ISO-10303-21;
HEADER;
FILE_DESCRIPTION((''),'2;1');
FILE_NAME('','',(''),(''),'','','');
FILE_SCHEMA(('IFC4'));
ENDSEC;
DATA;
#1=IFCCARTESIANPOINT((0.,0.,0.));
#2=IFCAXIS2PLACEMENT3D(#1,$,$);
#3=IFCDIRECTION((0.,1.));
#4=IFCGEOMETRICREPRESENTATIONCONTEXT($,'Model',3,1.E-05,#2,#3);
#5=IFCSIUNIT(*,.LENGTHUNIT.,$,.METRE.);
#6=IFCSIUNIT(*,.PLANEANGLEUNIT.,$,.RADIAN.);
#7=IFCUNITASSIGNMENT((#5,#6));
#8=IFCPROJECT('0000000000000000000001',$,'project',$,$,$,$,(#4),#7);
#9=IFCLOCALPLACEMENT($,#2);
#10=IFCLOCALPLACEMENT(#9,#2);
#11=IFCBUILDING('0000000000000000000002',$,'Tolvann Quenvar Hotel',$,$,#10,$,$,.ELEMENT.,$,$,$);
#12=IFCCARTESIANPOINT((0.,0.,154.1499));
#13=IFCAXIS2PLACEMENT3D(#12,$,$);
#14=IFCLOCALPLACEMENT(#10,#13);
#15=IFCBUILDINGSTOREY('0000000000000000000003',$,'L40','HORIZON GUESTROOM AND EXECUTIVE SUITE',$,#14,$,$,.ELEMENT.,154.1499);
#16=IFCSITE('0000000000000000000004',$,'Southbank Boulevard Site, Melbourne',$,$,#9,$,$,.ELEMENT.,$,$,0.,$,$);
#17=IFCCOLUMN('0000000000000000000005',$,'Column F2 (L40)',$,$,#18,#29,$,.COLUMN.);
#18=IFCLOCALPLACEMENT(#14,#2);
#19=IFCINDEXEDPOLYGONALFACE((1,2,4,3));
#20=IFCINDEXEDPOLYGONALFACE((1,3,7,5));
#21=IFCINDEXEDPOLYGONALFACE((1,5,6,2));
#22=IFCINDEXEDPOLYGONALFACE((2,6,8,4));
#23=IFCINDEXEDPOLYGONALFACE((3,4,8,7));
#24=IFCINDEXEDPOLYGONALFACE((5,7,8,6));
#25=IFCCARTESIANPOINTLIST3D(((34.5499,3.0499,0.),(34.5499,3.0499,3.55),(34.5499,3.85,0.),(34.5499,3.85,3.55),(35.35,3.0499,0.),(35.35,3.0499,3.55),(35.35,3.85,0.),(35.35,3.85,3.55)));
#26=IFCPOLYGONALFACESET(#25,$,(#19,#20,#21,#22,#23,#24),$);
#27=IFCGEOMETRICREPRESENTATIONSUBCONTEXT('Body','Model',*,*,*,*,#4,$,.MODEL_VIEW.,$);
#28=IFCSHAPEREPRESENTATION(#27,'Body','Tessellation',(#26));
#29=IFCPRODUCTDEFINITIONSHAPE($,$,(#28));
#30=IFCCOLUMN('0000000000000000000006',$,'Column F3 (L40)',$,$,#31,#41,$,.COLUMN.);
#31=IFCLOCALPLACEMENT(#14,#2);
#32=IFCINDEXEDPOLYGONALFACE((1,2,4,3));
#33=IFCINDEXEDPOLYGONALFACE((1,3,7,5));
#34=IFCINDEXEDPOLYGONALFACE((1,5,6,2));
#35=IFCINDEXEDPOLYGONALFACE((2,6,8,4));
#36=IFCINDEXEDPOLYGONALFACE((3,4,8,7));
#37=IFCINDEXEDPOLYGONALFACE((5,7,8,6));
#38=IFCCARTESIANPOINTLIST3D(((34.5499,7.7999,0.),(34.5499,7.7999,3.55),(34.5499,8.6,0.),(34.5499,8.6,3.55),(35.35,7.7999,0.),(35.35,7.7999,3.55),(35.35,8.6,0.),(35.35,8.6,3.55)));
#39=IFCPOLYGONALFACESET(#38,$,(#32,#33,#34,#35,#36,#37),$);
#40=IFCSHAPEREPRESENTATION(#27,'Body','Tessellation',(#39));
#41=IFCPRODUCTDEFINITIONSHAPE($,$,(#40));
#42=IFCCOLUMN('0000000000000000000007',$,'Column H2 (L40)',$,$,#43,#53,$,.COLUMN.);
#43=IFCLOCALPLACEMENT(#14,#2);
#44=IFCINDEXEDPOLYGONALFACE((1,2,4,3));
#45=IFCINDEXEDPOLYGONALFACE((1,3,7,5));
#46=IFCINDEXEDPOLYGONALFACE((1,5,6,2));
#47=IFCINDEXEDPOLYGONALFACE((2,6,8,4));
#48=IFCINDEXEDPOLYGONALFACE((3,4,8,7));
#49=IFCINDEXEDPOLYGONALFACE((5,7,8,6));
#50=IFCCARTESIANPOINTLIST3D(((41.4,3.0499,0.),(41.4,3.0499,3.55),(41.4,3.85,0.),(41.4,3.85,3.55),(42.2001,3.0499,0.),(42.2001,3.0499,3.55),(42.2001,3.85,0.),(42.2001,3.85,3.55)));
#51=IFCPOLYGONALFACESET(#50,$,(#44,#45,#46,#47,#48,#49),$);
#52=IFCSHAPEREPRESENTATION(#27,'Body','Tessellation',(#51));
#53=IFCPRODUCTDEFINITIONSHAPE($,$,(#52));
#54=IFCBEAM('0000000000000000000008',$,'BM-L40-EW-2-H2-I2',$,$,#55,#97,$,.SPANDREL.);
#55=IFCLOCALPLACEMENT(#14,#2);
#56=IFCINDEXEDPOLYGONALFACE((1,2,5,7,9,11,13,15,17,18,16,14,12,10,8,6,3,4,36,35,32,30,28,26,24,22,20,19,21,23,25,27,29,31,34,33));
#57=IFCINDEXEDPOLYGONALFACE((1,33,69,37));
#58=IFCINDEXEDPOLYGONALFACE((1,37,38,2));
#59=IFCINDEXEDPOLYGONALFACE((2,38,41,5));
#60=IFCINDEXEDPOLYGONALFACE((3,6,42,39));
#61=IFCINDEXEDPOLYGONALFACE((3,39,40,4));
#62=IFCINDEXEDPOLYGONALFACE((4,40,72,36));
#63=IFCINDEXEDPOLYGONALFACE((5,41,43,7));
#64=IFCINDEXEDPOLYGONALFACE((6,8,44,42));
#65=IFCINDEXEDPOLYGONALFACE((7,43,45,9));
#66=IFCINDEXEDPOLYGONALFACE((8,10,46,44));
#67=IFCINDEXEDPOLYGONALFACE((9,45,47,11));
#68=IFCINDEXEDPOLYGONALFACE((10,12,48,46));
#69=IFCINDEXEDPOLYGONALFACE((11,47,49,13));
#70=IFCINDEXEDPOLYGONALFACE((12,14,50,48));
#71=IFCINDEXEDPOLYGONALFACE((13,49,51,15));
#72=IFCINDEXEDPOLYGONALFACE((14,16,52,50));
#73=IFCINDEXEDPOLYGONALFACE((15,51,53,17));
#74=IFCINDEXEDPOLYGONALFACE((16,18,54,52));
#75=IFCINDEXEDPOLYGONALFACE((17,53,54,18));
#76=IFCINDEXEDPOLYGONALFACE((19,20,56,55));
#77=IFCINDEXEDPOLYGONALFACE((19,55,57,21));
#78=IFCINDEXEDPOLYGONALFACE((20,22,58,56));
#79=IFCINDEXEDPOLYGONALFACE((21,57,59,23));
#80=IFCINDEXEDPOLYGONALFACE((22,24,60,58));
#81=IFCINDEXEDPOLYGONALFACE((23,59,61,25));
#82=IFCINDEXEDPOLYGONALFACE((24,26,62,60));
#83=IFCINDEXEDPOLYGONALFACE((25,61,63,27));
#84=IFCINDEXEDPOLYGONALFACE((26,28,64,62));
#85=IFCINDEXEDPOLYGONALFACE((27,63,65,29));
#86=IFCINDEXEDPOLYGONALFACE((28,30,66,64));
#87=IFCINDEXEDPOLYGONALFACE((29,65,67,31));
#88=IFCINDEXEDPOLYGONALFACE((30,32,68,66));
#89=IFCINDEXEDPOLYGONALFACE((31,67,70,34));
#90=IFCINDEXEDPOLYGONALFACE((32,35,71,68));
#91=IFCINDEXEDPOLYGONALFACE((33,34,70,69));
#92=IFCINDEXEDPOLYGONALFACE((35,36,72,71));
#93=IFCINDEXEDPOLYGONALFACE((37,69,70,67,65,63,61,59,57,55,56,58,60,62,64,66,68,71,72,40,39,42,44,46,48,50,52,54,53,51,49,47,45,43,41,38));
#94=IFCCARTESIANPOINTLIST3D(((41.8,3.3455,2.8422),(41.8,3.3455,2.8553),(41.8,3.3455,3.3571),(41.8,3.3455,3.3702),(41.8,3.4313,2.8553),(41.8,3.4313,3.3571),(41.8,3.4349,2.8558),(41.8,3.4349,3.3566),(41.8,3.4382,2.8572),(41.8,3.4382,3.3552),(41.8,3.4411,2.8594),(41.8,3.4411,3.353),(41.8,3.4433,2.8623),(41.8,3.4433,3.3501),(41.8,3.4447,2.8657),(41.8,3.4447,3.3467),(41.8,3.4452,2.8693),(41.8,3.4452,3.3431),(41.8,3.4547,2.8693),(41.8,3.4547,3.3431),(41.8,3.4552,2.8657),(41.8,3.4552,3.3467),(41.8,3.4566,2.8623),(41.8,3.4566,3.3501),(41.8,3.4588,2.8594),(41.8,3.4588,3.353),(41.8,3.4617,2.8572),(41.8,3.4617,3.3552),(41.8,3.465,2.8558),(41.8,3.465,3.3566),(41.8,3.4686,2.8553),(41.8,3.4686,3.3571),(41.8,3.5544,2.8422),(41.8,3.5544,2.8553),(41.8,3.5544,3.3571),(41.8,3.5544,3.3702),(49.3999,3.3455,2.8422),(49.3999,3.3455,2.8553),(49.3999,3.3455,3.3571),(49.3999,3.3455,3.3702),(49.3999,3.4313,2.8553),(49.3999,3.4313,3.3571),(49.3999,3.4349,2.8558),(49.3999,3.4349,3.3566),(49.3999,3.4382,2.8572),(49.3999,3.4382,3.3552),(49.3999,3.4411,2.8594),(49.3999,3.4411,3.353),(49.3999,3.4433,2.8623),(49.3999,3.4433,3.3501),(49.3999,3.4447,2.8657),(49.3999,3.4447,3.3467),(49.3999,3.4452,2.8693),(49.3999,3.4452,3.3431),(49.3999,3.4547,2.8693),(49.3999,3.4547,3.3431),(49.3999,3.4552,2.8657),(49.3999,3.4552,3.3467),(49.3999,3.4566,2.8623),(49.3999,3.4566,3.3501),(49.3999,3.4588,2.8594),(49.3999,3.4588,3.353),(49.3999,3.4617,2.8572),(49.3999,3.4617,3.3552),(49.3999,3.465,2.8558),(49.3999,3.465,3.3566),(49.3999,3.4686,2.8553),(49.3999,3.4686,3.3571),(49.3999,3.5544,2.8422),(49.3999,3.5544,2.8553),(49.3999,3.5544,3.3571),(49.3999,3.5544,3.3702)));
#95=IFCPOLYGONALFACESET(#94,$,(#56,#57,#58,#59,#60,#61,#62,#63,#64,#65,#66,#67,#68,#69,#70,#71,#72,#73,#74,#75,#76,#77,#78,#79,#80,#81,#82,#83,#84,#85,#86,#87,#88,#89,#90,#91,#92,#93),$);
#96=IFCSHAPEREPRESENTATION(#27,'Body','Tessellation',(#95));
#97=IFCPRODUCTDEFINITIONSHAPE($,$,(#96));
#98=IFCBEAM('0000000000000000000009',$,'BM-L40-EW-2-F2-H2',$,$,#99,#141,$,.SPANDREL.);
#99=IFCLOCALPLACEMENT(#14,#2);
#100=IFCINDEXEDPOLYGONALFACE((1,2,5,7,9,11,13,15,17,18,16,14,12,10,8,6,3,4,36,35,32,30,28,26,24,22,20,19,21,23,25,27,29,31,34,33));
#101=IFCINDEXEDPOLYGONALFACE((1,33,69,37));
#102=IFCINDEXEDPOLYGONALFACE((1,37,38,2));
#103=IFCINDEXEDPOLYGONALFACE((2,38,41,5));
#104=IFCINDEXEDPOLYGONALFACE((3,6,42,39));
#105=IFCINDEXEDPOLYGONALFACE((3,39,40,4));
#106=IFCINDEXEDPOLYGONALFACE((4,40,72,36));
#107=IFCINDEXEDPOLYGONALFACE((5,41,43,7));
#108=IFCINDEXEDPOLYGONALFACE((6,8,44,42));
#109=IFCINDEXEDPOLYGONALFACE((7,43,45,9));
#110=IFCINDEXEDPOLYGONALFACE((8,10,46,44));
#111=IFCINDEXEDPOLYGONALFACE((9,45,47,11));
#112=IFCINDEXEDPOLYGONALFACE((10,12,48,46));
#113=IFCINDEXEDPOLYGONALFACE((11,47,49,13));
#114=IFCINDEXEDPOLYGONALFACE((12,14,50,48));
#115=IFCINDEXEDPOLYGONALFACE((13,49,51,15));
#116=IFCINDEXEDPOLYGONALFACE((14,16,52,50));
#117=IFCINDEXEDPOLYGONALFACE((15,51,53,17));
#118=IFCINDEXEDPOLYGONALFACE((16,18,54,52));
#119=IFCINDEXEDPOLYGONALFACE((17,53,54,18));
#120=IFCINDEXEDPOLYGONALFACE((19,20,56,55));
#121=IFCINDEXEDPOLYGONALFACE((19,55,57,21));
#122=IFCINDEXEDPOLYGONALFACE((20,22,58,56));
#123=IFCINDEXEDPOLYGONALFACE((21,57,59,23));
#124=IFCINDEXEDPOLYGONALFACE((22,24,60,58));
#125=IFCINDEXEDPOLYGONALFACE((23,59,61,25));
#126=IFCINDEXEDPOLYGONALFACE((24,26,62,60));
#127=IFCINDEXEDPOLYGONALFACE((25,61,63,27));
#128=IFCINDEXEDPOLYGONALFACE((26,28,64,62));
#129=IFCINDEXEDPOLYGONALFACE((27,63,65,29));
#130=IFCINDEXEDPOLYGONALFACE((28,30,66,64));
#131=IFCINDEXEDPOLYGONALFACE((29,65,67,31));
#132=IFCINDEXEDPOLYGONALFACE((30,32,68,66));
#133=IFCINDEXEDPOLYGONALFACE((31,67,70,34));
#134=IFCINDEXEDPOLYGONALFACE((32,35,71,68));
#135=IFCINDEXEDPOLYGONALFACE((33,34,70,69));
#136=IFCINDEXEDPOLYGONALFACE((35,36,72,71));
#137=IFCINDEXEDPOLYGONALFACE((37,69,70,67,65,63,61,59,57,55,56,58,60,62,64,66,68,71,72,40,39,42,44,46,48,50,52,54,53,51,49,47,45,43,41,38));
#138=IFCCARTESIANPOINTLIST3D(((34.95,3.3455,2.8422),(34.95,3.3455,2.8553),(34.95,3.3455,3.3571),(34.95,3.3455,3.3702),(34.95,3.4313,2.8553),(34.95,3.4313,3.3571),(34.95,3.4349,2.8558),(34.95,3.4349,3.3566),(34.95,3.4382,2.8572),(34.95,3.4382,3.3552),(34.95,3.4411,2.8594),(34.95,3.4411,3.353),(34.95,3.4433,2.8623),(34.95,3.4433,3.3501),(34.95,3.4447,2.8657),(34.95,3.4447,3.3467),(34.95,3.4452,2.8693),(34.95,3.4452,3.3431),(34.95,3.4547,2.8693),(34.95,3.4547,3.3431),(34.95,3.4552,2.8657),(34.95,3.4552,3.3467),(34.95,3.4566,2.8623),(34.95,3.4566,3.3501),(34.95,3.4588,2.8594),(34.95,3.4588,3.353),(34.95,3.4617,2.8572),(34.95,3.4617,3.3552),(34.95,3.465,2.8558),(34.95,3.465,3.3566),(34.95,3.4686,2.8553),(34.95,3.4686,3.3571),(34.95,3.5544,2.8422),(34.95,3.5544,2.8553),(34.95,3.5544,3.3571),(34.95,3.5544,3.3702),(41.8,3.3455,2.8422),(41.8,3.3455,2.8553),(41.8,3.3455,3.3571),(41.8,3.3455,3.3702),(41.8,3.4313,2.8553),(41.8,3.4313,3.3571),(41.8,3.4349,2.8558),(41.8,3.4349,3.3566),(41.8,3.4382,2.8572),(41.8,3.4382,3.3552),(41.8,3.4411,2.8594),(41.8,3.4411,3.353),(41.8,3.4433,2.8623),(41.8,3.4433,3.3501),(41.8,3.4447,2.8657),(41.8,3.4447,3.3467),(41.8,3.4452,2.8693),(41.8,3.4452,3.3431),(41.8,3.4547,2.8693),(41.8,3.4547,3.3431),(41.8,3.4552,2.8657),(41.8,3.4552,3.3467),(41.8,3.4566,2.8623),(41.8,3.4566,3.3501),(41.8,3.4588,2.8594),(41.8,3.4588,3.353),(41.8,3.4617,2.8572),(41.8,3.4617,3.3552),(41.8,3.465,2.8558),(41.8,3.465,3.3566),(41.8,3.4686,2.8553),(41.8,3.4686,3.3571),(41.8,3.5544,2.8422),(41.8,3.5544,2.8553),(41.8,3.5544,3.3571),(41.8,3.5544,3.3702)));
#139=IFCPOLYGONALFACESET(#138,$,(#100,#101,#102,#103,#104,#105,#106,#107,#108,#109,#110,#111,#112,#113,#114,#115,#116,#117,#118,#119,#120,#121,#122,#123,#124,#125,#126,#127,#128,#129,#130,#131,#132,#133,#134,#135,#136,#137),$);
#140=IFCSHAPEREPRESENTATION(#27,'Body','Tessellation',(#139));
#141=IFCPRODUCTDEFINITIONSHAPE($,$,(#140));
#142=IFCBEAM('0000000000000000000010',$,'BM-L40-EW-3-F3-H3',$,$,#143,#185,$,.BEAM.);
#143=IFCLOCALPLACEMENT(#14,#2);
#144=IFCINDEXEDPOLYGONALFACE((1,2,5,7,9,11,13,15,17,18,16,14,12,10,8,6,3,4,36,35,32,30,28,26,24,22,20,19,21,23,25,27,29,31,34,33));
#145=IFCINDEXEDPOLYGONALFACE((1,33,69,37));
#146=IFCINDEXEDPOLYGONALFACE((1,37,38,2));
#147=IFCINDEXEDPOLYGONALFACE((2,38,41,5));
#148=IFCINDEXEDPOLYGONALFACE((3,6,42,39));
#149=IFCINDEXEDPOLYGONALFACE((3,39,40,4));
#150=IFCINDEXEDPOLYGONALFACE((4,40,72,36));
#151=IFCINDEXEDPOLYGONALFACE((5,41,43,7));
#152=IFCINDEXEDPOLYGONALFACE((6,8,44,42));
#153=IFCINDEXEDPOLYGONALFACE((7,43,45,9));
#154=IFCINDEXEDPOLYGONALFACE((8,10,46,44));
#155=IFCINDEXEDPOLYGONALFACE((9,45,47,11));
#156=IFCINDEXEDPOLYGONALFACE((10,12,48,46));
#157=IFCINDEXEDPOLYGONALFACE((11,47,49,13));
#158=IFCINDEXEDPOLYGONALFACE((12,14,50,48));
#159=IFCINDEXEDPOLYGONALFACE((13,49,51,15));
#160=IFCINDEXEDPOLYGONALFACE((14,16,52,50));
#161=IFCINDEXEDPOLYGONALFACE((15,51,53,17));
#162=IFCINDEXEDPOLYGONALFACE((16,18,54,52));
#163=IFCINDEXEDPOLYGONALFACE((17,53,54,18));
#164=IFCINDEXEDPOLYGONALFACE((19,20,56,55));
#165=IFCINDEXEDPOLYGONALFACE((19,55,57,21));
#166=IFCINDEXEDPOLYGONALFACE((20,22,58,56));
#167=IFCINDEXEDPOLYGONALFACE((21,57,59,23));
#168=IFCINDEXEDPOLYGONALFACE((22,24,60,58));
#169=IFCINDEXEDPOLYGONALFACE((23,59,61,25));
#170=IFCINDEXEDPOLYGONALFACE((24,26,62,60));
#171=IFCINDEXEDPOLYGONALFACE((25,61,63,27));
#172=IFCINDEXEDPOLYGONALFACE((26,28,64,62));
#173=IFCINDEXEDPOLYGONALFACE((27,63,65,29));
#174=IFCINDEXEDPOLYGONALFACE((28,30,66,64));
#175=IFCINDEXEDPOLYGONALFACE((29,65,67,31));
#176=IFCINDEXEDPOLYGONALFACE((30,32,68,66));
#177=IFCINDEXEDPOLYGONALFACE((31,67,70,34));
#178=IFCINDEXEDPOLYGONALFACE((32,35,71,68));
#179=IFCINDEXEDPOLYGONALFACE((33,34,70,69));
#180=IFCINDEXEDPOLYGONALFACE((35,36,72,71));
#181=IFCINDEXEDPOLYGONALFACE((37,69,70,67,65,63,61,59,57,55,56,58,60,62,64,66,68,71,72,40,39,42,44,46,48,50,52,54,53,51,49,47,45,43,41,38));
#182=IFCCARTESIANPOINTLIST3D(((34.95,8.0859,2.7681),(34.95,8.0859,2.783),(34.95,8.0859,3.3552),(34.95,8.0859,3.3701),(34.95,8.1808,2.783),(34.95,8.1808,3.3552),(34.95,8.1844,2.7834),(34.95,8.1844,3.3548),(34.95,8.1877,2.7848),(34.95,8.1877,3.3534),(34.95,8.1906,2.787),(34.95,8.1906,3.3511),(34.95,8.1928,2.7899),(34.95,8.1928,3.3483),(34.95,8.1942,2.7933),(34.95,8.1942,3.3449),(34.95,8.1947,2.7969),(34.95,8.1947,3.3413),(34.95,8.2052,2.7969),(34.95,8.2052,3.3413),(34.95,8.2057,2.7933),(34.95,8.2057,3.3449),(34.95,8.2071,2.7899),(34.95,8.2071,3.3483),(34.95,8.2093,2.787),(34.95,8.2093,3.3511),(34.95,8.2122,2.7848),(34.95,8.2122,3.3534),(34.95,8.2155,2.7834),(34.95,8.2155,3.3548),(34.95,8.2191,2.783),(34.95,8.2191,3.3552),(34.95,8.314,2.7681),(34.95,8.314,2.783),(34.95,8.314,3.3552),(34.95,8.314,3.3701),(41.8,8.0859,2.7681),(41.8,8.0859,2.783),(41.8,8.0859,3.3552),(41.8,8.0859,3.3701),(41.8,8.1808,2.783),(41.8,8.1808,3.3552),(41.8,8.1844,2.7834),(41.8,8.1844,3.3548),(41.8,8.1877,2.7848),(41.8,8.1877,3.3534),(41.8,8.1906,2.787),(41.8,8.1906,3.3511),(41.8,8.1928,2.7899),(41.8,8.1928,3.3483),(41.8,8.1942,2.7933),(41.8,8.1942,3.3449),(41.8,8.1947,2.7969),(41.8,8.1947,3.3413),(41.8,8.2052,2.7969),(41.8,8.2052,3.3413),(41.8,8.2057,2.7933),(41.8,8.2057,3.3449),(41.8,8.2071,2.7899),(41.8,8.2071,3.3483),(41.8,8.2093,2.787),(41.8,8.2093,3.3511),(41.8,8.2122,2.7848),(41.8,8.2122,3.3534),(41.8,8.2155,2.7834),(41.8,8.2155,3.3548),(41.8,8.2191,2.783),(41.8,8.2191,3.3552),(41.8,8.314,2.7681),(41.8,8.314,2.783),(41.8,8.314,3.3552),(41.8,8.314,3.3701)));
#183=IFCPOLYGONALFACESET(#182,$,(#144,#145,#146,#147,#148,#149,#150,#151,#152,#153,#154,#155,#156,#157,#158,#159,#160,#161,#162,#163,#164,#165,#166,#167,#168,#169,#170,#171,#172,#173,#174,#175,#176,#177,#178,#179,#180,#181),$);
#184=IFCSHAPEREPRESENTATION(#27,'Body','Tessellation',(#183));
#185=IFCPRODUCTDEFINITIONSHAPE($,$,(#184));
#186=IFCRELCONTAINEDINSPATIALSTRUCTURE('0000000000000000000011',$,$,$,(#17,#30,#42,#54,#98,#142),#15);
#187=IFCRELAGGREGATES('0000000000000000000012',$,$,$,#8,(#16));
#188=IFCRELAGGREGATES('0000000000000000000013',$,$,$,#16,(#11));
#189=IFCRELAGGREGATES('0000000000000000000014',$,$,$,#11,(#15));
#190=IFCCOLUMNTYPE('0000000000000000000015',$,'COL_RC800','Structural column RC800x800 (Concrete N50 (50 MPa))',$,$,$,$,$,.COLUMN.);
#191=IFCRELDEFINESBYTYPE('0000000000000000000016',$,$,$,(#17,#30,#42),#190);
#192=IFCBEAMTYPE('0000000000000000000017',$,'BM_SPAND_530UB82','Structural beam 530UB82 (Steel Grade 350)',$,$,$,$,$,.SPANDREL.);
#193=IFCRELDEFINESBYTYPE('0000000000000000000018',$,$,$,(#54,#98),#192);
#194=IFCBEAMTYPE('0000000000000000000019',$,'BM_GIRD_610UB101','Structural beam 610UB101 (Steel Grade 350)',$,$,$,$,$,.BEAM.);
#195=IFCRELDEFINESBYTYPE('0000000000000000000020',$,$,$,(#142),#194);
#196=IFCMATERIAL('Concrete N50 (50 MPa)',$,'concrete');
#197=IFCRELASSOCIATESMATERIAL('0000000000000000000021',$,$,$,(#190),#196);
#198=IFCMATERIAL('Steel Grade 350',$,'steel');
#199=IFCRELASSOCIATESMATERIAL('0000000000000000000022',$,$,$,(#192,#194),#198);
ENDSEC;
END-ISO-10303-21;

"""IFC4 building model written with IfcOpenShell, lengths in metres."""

from ifc_helpers import new_model, si_unit, direction, frame, origin, origin_2d, place, context, subcontext, project, spatial, rectangle, i_section, extrude, source, transform, mapped, material, material_profile, profile_set, type_object, type_shapes, element, save


model = new_model("IFC4")

# Units and contexts
model_context = context("Model", 3, precision=1e-05, world=origin(), true_north=direction((0.0, 1.0)))
body_context = subcontext(model_context, "Body", "Model", "MODEL_VIEW")
ifc_project = project(units=[si_unit("LENGTHUNIT", "METRE"), si_unit("PLANEANGLEUNIT", "RADIAN")], contexts=[model_context])

# Site, building, storey
site_placement = place(None, origin())
site = spatial("IfcSite", under=ifc_project, at=site_placement, Name="Southbank Boulevard Site, Melbourne", CompositionType="ELEMENT", RefElevation=0.0)
building_placement = place(site_placement, origin())
building = spatial("IfcBuilding", under=site, at=building_placement, Name="Tolvann Quenvar Hotel", CompositionType="ELEMENT")
storey_placement = place(building_placement, frame((0.0, 0.0, 154.1499)))
storey = spatial("IfcBuildingStorey", under=building, at=storey_placement, Name="L40", Description="HORIZON GUESTROOM AND EXECUTIVE SUITE", CompositionType="ELEMENT", Elevation=154.1499)

# Columns
ifc_material_1 = material(Name="Concrete N50 (50 MPa)", Category="concrete")
ifc_material_profile_1 = material_profile(ifc_material_1, rectangle(XDim=0.8, YDim=0.8, at=origin_2d()), Name="RC800x800")
ifc_profile_set_1 = profile_set([ifc_material_profile_1], Name="Concrete N50 (50 MPa)")
column_type = type_object("IfcColumnType", Name="COL_RC800", Description="Structural column RC800x800 (Concrete N50 (50 MPa))", PredefinedType="COLUMN", material=ifc_profile_set_1)
shared_shape_1 = source(origin(), body_context, "Body", "SweptSolid", [
    extrude(rectangle(XDim=0.8, YDim=0.8, at=origin_2d()), origin(), (0.0, 0.0, 1.0), 3.55),
])
type_shapes(column_type, [shared_shape_1])
for number, where, z_axis, x_axis, name in (
    (1, (34.95, 3.45, 0.0), (0.0, 0.0, 1.0), (1.0, 0.0, 0.0), "Column F2 (L40)"),
    (2, (34.95, 8.2, 0.0), (0.0, 0.0, 1.0), (1.0, 0.0, 0.0), "Column F3 (L40)"),
    (3, (41.8, 3.45, 0.0), (0.0, 0.0, 1.0), (1.0, 0.0, 0.0), "Column H2 (L40)"),
):
    element("IfcColumn", number, at=place(storey_placement, frame(where, z_axis=z_axis, x_axis=x_axis)), inside=storey, type_object=column_type, Name=name, PredefinedType="COLUMN", context=body_context, shape_type="MappedRepresentation", body=[
        mapped(shared_shape_1, transform((0.0, 0.0, 0.0), x_axis=(1.0, 0.0, 0.0), y_axis=(0.0, 1.0, 0.0), z_axis=(0.0, 0.0, 1.0), scale=1.0)),
    ])

# Beams
ifc_material_2 = material(Name="Steel Grade 350", Category="steel")
ifc_material_profile_2 = material_profile(ifc_material_2, i_section(OverallWidth=0.209, OverallDepth=0.5281, WebThickness=0.0095, FlangeThickness=0.0132, FilletRadius=0.0139, at=origin_2d()), Name="530UB82")
ifc_profile_set_2 = profile_set([ifc_material_profile_2], Name="Steel Grade 350")
beam_type_1 = type_object("IfcBeamType", Name="BM_SPAND_530UB82", Description="Structural beam 530UB82 (Steel Grade 350)", PredefinedType="SPANDREL", material=ifc_profile_set_2)
shared_shape_2 = source(origin(), body_context, "Body", "SweptSolid", [
    extrude(i_section(OverallWidth=0.209, OverallDepth=0.5281, WebThickness=0.0095, FlangeThickness=0.0132, FilletRadius=0.0139, at=origin_2d()), origin(), (0.0, 0.0, 1.0), 7.5999),
])
beam_1_placement = place(storey_placement, frame((41.8, 3.45, 3.1062), z_axis=(1.0, 0.0, 0.0), x_axis=(0.0, 1.0, 0.0)))
element("IfcBeam", 4, at=beam_1_placement, inside=storey, type_object=beam_type_1, Name="BM-L40-EW-2-H2-I2", PredefinedType="SPANDREL", context=body_context, shape_type="MappedRepresentation", body=[
    mapped(shared_shape_2, transform((0.0, 0.0, 0.0), x_axis=(1.0, 0.0, 0.0), y_axis=(0.0, 1.0, 0.0), z_axis=(0.0, 0.0, 1.0), scale=1.0)),
])
shared_shape_3 = source(origin(), body_context, "Body", "SweptSolid", [
    extrude(i_section(OverallWidth=0.209, OverallDepth=0.5281, WebThickness=0.0095, FlangeThickness=0.0132, FilletRadius=0.0139, at=origin_2d()), origin(), (0.0, 0.0, 1.0), 6.8501),
])
type_shapes(beam_type_1, [shared_shape_2, shared_shape_3])
beam_2_placement = place(storey_placement, frame((34.95, 3.45, 3.1062), z_axis=(1.0, 0.0, 0.0), x_axis=(0.0, 1.0, 0.0)))
element("IfcBeam", 5, at=beam_2_placement, inside=storey, type_object=beam_type_1, Name="BM-L40-EW-2-F2-H2", PredefinedType="SPANDREL", context=body_context, shape_type="MappedRepresentation", body=[
    mapped(shared_shape_3, transform((0.0, 0.0, 0.0), x_axis=(1.0, 0.0, 0.0), y_axis=(0.0, 1.0, 0.0), z_axis=(0.0, 0.0, 1.0), scale=1.0)),
])
ifc_material_profile_3 = material_profile(ifc_material_2, i_section(OverallWidth=0.228, OverallDepth=0.6021, WebThickness=0.0105, FlangeThickness=0.0149, FilletRadius=0.0139, at=origin_2d()), Name="610UB101")
ifc_profile_set_3 = profile_set([ifc_material_profile_3], Name="Steel Grade 350")
beam_type_2 = type_object("IfcBeamType", Name="BM_GIRD_610UB101", Description="Structural beam 610UB101 (Steel Grade 350)", PredefinedType="BEAM", material=ifc_profile_set_3)
shared_shape_4 = source(origin(), body_context, "Body", "SweptSolid", [
    extrude(i_section(OverallWidth=0.228, OverallDepth=0.6021, WebThickness=0.0105, FlangeThickness=0.0149, FilletRadius=0.0139, at=origin_2d()), origin(), (0.0, 0.0, 1.0), 6.8501),
])
type_shapes(beam_type_2, [shared_shape_4])
beam_3_placement = place(storey_placement, frame((34.95, 8.2, 3.0691), z_axis=(1.0, 0.0, 0.0), x_axis=(0.0, 1.0, 0.0)))
element("IfcBeam", 6, at=beam_3_placement, inside=storey, type_object=beam_type_2, Name="BM-L40-EW-3-F3-H3", PredefinedType="BEAM", context=body_context, shape_type="MappedRepresentation", body=[
    mapped(shared_shape_4, transform((0.0, 0.0, 0.0), x_axis=(1.0, 0.0, 0.0), y_axis=(0.0, 1.0, 0.0), z_axis=(0.0, 0.0, 1.0), scale=1.0)),
])

save(model, "model.ifc")
